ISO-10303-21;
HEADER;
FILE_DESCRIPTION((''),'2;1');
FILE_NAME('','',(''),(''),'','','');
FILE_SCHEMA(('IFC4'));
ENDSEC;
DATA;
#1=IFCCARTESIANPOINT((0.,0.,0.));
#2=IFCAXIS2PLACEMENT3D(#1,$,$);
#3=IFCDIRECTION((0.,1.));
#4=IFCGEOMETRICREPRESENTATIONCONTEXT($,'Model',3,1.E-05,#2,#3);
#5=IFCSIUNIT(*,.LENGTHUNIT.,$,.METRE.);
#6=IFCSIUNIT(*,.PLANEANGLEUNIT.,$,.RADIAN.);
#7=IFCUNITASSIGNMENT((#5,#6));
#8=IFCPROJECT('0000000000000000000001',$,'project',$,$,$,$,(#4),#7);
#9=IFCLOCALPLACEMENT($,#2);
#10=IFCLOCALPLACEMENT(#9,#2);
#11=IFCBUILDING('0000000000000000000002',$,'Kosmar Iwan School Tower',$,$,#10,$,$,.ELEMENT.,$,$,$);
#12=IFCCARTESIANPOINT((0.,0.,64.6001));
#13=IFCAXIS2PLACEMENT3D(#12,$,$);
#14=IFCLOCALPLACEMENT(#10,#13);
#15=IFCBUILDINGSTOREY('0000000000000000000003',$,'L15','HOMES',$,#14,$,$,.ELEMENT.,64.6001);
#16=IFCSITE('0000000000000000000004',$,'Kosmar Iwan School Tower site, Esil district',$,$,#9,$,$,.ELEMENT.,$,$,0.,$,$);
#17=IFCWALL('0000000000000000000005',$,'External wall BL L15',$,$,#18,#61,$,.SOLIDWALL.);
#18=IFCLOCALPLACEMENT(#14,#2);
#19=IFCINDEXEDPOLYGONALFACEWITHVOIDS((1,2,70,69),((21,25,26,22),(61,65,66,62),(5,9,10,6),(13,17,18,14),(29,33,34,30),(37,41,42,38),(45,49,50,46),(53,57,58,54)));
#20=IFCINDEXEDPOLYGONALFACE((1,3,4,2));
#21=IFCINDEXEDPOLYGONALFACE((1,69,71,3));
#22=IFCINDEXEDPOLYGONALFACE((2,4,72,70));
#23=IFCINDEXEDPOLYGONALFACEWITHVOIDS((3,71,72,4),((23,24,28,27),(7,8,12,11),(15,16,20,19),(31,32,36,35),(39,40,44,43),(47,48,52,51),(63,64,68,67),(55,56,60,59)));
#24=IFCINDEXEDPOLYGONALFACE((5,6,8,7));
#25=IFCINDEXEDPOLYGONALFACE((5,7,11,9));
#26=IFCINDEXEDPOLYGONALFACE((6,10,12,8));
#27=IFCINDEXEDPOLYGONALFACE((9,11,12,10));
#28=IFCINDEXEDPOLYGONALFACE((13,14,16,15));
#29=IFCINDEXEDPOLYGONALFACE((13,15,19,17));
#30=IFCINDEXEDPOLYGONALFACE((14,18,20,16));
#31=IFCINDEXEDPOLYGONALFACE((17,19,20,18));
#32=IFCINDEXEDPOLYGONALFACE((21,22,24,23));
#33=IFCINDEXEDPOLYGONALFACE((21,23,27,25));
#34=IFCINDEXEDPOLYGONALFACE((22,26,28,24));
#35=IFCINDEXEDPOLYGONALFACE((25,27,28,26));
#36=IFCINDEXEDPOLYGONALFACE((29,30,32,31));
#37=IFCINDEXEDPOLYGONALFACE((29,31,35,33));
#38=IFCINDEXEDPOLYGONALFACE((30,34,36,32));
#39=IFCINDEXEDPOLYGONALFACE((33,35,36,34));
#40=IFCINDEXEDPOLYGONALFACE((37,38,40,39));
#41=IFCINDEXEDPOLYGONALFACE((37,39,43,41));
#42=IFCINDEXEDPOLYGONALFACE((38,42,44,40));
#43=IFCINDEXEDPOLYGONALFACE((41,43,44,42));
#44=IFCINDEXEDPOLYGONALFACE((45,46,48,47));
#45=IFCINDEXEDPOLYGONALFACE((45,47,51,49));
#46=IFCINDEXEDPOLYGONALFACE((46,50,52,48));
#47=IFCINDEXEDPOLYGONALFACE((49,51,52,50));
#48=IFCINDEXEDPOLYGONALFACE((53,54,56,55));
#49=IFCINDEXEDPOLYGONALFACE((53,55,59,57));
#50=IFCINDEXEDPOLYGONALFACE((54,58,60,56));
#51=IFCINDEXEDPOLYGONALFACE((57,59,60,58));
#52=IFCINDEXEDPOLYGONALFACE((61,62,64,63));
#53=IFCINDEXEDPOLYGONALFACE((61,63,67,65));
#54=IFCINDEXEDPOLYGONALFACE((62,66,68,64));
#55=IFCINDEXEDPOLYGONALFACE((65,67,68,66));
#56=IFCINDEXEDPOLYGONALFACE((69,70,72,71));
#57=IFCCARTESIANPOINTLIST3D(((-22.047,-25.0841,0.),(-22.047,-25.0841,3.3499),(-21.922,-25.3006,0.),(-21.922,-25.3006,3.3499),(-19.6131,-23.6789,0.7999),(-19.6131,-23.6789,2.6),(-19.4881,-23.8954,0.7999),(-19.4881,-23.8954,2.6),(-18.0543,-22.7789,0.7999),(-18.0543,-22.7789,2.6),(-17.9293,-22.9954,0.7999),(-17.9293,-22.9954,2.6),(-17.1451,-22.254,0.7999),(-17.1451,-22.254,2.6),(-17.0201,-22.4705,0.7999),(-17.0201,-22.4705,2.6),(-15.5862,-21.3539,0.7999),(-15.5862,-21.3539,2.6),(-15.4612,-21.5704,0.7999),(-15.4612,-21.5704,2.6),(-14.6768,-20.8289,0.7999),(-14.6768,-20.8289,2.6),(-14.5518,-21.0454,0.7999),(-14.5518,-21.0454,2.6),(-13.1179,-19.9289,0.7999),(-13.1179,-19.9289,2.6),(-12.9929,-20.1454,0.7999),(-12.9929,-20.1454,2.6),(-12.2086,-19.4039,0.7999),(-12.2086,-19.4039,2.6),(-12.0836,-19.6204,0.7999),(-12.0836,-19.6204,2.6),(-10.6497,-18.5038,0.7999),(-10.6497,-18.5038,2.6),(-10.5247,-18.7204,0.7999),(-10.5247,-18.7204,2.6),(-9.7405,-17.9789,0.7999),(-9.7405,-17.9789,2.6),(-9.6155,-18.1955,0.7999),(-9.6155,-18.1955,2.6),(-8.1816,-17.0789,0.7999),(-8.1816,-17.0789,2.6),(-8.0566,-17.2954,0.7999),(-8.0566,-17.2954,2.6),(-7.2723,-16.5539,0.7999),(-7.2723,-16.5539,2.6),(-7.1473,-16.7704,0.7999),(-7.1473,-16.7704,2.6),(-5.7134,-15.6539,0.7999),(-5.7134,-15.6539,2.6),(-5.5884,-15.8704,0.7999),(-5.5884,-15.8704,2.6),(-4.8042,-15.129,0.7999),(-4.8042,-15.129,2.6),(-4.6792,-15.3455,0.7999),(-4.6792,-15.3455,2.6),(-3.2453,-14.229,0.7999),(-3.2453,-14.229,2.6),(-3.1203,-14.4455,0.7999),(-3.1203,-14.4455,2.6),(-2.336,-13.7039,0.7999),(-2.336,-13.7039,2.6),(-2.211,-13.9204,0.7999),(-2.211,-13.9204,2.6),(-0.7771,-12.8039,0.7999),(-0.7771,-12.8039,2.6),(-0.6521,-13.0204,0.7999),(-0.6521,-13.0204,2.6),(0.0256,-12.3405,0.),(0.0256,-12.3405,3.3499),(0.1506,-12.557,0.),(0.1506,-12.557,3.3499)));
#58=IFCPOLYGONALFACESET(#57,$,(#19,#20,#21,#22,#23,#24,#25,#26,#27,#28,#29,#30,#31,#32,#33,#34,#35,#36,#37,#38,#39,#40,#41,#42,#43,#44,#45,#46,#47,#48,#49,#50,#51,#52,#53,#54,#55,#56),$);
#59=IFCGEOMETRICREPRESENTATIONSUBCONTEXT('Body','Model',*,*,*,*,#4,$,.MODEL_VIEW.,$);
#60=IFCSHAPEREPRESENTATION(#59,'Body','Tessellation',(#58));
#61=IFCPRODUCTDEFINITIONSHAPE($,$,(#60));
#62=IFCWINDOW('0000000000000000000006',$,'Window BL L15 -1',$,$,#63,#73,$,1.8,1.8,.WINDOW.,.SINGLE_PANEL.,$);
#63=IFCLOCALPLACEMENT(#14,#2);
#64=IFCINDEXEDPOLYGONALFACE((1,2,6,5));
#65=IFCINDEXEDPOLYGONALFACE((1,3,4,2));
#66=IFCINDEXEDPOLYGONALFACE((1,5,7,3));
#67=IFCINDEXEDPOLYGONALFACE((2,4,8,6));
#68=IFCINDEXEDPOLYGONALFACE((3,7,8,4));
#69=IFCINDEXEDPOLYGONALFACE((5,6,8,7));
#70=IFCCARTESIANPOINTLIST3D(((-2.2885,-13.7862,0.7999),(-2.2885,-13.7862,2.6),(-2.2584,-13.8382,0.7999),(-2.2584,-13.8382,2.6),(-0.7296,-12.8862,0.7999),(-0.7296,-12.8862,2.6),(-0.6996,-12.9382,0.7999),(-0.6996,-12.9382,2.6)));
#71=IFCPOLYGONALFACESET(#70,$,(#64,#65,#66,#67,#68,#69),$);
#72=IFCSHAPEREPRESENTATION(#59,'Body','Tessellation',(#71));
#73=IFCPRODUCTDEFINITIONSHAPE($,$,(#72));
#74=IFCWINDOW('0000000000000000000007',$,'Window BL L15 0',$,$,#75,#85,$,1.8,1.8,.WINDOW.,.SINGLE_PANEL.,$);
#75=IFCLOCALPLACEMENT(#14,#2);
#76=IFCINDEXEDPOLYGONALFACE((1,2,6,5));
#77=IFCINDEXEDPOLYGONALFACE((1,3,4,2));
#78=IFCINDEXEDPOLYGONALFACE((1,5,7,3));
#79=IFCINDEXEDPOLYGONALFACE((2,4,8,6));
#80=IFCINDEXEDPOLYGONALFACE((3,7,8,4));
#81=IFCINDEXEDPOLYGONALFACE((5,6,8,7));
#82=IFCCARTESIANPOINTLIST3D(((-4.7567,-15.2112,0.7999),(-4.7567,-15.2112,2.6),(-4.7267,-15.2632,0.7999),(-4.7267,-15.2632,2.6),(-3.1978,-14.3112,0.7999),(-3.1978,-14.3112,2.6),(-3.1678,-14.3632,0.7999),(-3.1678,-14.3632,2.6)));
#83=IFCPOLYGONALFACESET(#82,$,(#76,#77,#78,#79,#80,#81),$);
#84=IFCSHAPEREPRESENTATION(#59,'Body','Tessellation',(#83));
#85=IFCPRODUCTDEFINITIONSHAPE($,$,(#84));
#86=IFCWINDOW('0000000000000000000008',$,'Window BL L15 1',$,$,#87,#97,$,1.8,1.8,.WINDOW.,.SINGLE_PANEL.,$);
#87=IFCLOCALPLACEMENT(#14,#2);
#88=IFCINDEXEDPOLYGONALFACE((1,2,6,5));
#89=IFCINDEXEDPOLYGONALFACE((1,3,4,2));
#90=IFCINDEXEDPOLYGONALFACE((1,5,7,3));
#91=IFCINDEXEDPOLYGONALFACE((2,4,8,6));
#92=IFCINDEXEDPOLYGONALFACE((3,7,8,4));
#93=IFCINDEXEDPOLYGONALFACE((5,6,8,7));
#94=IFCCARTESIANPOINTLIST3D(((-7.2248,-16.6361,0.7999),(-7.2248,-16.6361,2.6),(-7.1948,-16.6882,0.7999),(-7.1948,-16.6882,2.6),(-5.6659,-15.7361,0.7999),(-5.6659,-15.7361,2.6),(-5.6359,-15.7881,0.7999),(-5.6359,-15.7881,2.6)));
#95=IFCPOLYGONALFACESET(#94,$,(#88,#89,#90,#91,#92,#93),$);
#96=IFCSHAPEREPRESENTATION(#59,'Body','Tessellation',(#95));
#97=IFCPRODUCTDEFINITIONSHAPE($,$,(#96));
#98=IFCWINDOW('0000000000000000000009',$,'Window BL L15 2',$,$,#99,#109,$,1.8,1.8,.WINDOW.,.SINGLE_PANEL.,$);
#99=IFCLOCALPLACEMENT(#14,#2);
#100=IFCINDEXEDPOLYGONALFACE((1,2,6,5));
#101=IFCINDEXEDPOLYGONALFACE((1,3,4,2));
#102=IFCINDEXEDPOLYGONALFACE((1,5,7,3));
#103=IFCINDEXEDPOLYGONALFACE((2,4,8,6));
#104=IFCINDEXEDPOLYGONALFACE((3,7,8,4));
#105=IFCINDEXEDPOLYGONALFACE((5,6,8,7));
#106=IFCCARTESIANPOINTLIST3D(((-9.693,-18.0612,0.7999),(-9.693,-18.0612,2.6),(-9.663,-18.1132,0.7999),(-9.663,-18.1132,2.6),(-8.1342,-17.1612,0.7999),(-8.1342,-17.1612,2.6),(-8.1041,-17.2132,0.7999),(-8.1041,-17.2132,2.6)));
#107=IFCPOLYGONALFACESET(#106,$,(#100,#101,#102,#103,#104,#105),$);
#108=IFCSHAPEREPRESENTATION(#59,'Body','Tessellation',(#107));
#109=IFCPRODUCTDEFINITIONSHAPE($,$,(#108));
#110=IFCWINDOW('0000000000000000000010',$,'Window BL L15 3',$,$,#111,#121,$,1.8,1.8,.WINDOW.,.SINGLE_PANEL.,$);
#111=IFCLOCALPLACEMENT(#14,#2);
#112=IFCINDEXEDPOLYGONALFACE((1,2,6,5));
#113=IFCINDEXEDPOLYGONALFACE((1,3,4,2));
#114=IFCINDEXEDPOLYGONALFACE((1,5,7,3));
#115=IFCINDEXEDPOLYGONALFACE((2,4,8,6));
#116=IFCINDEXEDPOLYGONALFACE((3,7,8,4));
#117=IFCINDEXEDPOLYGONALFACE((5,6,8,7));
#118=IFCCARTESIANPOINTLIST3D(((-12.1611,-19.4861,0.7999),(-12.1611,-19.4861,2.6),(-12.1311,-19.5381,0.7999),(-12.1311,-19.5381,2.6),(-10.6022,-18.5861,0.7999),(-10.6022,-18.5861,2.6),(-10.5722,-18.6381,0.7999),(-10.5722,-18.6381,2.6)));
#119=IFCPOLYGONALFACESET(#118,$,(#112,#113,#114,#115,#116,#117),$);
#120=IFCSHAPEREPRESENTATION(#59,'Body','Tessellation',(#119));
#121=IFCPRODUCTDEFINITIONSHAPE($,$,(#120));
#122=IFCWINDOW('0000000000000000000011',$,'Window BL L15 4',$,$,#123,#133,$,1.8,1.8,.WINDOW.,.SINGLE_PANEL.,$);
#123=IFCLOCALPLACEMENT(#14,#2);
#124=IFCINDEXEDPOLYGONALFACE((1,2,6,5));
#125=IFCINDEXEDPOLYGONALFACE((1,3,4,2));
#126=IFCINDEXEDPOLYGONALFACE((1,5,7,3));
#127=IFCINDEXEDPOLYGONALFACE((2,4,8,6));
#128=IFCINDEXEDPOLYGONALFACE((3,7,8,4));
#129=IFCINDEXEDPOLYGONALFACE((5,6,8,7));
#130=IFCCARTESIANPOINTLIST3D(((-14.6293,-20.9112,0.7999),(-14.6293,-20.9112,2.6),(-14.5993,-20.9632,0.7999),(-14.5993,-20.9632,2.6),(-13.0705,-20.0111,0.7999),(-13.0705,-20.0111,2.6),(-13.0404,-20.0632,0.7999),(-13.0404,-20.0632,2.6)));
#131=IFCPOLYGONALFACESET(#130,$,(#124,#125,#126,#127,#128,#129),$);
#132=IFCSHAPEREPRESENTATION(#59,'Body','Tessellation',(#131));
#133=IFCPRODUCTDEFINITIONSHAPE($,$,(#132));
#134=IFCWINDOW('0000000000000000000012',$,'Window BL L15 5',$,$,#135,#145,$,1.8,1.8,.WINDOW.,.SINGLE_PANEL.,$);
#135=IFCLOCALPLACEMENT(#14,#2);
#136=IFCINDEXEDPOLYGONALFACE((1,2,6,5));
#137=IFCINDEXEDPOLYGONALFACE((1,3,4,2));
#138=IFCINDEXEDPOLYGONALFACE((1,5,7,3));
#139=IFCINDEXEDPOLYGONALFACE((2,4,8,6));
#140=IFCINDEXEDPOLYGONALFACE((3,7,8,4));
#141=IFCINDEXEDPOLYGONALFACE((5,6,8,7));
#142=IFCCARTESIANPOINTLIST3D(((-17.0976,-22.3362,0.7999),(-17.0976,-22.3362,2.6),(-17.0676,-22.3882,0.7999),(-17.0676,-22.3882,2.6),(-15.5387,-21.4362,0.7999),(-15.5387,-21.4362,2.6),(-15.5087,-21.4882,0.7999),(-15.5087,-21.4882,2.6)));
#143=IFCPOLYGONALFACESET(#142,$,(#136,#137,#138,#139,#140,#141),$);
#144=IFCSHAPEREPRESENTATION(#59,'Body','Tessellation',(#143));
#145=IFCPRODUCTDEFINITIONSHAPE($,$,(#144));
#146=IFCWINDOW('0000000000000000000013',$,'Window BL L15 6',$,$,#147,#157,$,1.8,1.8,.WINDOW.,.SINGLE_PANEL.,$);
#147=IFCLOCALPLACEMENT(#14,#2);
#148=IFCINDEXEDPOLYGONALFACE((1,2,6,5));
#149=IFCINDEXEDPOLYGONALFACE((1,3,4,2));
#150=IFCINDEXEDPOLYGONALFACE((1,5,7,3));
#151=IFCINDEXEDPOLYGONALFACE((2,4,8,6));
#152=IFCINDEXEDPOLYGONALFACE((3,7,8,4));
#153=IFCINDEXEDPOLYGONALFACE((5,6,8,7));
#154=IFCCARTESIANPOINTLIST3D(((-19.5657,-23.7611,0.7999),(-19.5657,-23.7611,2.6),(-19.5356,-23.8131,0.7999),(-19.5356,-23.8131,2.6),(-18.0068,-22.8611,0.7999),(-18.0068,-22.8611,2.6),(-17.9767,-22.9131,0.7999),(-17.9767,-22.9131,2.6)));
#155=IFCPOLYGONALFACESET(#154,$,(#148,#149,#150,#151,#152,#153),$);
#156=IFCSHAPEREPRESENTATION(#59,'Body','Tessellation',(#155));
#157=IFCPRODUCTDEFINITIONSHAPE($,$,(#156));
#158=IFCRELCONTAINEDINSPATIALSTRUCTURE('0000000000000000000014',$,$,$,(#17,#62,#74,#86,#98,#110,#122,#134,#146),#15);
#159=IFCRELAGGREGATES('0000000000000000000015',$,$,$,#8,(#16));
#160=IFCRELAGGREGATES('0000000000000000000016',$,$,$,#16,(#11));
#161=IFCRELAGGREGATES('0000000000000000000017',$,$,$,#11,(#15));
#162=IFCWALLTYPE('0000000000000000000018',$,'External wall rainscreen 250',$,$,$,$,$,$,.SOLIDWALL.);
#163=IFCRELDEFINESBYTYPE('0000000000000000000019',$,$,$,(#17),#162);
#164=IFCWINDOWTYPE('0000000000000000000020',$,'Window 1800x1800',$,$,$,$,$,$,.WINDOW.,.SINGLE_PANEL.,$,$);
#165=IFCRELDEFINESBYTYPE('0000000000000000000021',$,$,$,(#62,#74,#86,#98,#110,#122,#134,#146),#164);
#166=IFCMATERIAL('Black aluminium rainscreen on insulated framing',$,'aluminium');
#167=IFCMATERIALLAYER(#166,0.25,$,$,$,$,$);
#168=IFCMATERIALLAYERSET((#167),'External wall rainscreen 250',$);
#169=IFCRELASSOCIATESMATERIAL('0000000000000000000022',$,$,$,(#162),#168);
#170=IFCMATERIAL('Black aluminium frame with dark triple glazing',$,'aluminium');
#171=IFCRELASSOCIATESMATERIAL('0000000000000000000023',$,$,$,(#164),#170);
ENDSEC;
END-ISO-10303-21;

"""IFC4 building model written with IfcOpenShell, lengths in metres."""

from ifc_helpers import new_model, si_unit, direction, frame, frame_2d, origin, place, context, subcontext, project, spatial, rectangle, extrude, material, layer, layer_set, type_object, element, fill, save


model = new_model("IFC4")

# Units and contexts
model_context = context("Model", 3, precision=1e-05, world=origin(), true_north=direction((0.0, 1.0)))
body_context = subcontext(model_context, "Body", "Model", "MODEL_VIEW")
ifc_project = project(units=[si_unit("LENGTHUNIT", "METRE"), si_unit("PLANEANGLEUNIT", "RADIAN")], contexts=[model_context])

# Site, building, storey
site_placement = place(None, origin())
site = spatial("IfcSite", under=ifc_project, at=site_placement, Name="Kosmar Iwan School Tower site, Esil district", CompositionType="ELEMENT", RefElevation=0.0)
building_placement = place(site_placement, origin())
building = spatial("IfcBuilding", under=site, at=building_placement, Name="Kosmar Iwan School Tower", CompositionType="ELEMENT")
storey_placement = place(building_placement, frame((0.0, 0.0, 64.6001)))
storey = spatial("IfcBuildingStorey", under=building, at=storey_placement, Name="L15", Description="HOMES", CompositionType="ELEMENT", Elevation=64.6001)

# Wall, openings, windows
ifc_material_1 = material(Name="Black aluminium rainscreen on insulated framing", Category="aluminium")
ifc_layer = layer(ifc_material_1, 0.25)
ifc_layer_set = layer_set([ifc_layer], Name="External wall rainscreen 250")
wall_type = type_object("IfcWallType", Name="External wall rainscreen 250", PredefinedType="SOLIDWALL", material=ifc_layer_set)
wall_1_placement = place(storey_placement, frame((0.0881, -12.4487, 0.0), z_axis=(0.0, 0.0, 1.0), x_axis=(-0.866026, -0.499998, 0.0)))
wall_1 = element("IfcWall", 1, at=wall_1_placement, inside=storey, type_object=wall_type, Name="External wall BL L15", PredefinedType="SOLIDWALL", context=body_context, shape_type="SweptSolid", body=[
    extrude(rectangle(XDim=25.4873, YDim=0.25, at=frame_2d((12.7437, 0.0))), origin(), (0.0, 0.0, 1.0), 3.3499),
])
opening_1_placement = place(wall_1_placement, frame((0.927, 0.0, 0.8)))
opening_1 = element("IfcOpeningElement", 2, at=opening_1_placement, cuts=wall_1, PredefinedType="OPENING", context=body_context, shape_type="SweptSolid", body=[
    extrude(rectangle(XDim=1.8, YDim=1.8, at=frame_2d((0.8999, 0.8999))), frame((0.0, 0.137, 0.0), z_axis=(0.0, -1.0, 0.0), x_axis=(1.0, 0.0, 0.0)), (0.0, 0.0, 1.0), 0.2739),
])
opening_2_placement = place(wall_1_placement, frame((3.7771, 0.0, 0.8)))
opening_2 = element("IfcOpeningElement", 3, at=opening_2_placement, cuts=wall_1, PredefinedType="OPENING", context=body_context, shape_type="SweptSolid", body=[
    extrude(rectangle(XDim=1.8, YDim=1.8, at=frame_2d((0.8999, 0.8999))), frame((0.0, 0.137, 0.0), z_axis=(0.0, -1.0, 0.0), x_axis=(1.0, 0.0, 0.0)), (0.0, 0.0, 1.0), 0.2739),
])
opening_3_placement = place(wall_1_placement, frame((6.627, 0.0, 0.8)))
opening_3 = element("IfcOpeningElement", 4, at=opening_3_placement, cuts=wall_1, PredefinedType="OPENING", context=body_context, shape_type="SweptSolid", body=[
    extrude(rectangle(XDim=1.8, YDim=1.8, at=frame_2d((0.8999, 0.8999))), frame((0.0, 0.137, 0.0), z_axis=(0.0, -1.0, 0.0), x_axis=(1.0, 0.0, 0.0)), (0.0, 0.0, 1.0), 0.2739),
])
opening_4_placement = place(wall_1_placement, frame((9.4771, 0.0, 0.8)))
opening_4 = element("IfcOpeningElement", 5, at=opening_4_placement, cuts=wall_1, PredefinedType="OPENING", context=body_context, shape_type="SweptSolid", body=[
    extrude(rectangle(XDim=1.8, YDim=1.8, at=frame_2d((0.8999, 0.8999))), frame((0.0, 0.137, 0.0), z_axis=(0.0, -1.0, 0.0), x_axis=(1.0, 0.0, 0.0)), (0.0, 0.0, 1.0), 0.2739),
])
opening_5_placement = place(wall_1_placement, frame((12.3269, 0.0, 0.8)))
opening_5 = element("IfcOpeningElement", 6, at=opening_5_placement, cuts=wall_1, PredefinedType="OPENING", context=body_context, shape_type="SweptSolid", body=[
    extrude(rectangle(XDim=1.8, YDim=1.8, at=frame_2d((0.8999, 0.8999))), frame((0.0, 0.137, 0.0), z_axis=(0.0, -1.0, 0.0), x_axis=(1.0, 0.0, 0.0)), (0.0, 0.0, 1.0), 0.2739),
])
opening_6_placement = place(wall_1_placement, frame((15.177, 0.0, 0.8)))
opening_6 = element("IfcOpeningElement", 7, at=opening_6_placement, cuts=wall_1, PredefinedType="OPENING", context=body_context, shape_type="SweptSolid", body=[
    extrude(rectangle(XDim=1.8, YDim=1.8, at=frame_2d((0.8999, 0.8999))), frame((0.0, 0.137, 0.0), z_axis=(0.0, -1.0, 0.0), x_axis=(1.0, 0.0, 0.0)), (0.0, 0.0, 1.0), 0.2739),
])
opening_7_placement = place(wall_1_placement, frame((18.0271, 0.0, 0.8)))
opening_7 = element("IfcOpeningElement", 8, at=opening_7_placement, cuts=wall_1, PredefinedType="OPENING", context=body_context, shape_type="SweptSolid", body=[
    extrude(rectangle(XDim=1.8, YDim=1.8, at=frame_2d((0.8999, 0.8999))), frame((0.0, 0.137, 0.0), z_axis=(0.0, -1.0, 0.0), x_axis=(1.0, 0.0, 0.0)), (0.0, 0.0, 1.0), 0.2739),
])
opening_8_placement = place(wall_1_placement, frame((20.877, 0.0, 0.8)))
opening_8 = element("IfcOpeningElement", 9, at=opening_8_placement, cuts=wall_1, PredefinedType="OPENING", context=body_context, shape_type="SweptSolid", body=[
    extrude(rectangle(XDim=1.8, YDim=1.8, at=frame_2d((0.8999, 0.8999))), frame((0.0, 0.137, 0.0), z_axis=(0.0, -1.0, 0.0), x_axis=(1.0, 0.0, 0.0)), (0.0, 0.0, 1.0), 0.2739),
])
ifc_material_2 = material(Name="Black aluminium frame with dark triple glazing", Category="aluminium")
window_type = type_object("IfcWindowType", Name="Window 1800x1800", PartitioningType="SINGLE_PANEL", PredefinedType="WINDOW", material=ifc_material_2)
window_1_placement = place(opening_1_placement, origin())
window_1 = element("IfcWindow", 10, at=window_1_placement, inside=storey, type_object=window_type, Name="Window BL L15 -1", OverallHeight=1.8, OverallWidth=1.8, PartitioningType="SINGLE_PANEL", PredefinedType="WINDOW", context=body_context, shape_type="SweptSolid", body=[
    extrude(rectangle(XDim=1.8, YDim=1.8, at=frame_2d((0.8999, 0.8999))), frame((0.0, 0.03, 0.0), z_axis=(0.0, -1.0, 0.0), x_axis=(1.0, 0.0, 0.0)), (0.0, 0.0, 1.0), 0.0601),
])
fill(opening_1, window_1)
window_2_placement = place(opening_2_placement, origin())
window_2 = element("IfcWindow", 11, at=window_2_placement, inside=storey, type_object=window_type, Name="Window BL L15 0", OverallHeight=1.8, OverallWidth=1.8, PartitioningType="SINGLE_PANEL", PredefinedType="WINDOW", context=body_context, shape_type="SweptSolid", body=[
    extrude(rectangle(XDim=1.8, YDim=1.8, at=frame_2d((0.8999, 0.8999))), frame((0.0, 0.03, 0.0), z_axis=(0.0, -1.0, 0.0), x_axis=(1.0, 0.0, 0.0)), (0.0, 0.0, 1.0), 0.0601),
])
fill(opening_2, window_2)
window_3_placement = place(opening_3_placement, origin())
window_3 = element("IfcWindow", 12, at=window_3_placement, inside=storey, type_object=window_type, Name="Window BL L15 1", OverallHeight=1.8, OverallWidth=1.8, PartitioningType="SINGLE_PANEL", PredefinedType="WINDOW", context=body_context, shape_type="SweptSolid", body=[
    extrude(rectangle(XDim=1.8, YDim=1.8, at=frame_2d((0.8999, 0.8999))), frame((0.0, 0.03, 0.0), z_axis=(0.0, -1.0, 0.0), x_axis=(1.0, 0.0, 0.0)), (0.0, 0.0, 1.0), 0.0601),
])
fill(opening_3, window_3)
window_4_placement = place(opening_4_placement, origin())
window_4 = element("IfcWindow", 13, at=window_4_placement, inside=storey, type_object=window_type, Name="Window BL L15 2", OverallHeight=1.8, OverallWidth=1.8, PartitioningType="SINGLE_PANEL", PredefinedType="WINDOW", context=body_context, shape_type="SweptSolid", body=[
    extrude(rectangle(XDim=1.8, YDim=1.8, at=frame_2d((0.8999, 0.8999))), frame((0.0, 0.03, 0.0), z_axis=(0.0, -1.0, 0.0), x_axis=(1.0, 0.0, 0.0)), (0.0, 0.0, 1.0), 0.0601),
])
fill(opening_4, window_4)
window_5_placement = place(opening_5_placement, origin())
window_5 = element("IfcWindow", 14, at=window_5_placement, inside=storey, type_object=window_type, Name="Window BL L15 3", OverallHeight=1.8, OverallWidth=1.8, PartitioningType="SINGLE_PANEL", PredefinedType="WINDOW", context=body_context, shape_type="SweptSolid", body=[
    extrude(rectangle(XDim=1.8, YDim=1.8, at=frame_2d((0.8999, 0.8999))), frame((0.0, 0.03, 0.0), z_axis=(0.0, -1.0, 0.0), x_axis=(1.0, 0.0, 0.0)), (0.0, 0.0, 1.0), 0.0601),
])
fill(opening_5, window_5)
window_6_placement = place(opening_6_placement, origin())
window_6 = element("IfcWindow", 15, at=window_6_placement, inside=storey, type_object=window_type, Name="Window BL L15 4", OverallHeight=1.8, OverallWidth=1.8, PartitioningType="SINGLE_PANEL", PredefinedType="WINDOW", context=body_context, shape_type="SweptSolid", body=[
    extrude(rectangle(XDim=1.8, YDim=1.8, at=frame_2d((0.8999, 0.8999))), frame((0.0, 0.03, 0.0), z_axis=(0.0, -1.0, 0.0), x_axis=(1.0, 0.0, 0.0)), (0.0, 0.0, 1.0), 0.0601),
])
fill(opening_6, window_6)
window_7_placement = place(opening_7_placement, origin())
window_7 = element("IfcWindow", 16, at=window_7_placement, inside=storey, type_object=window_type, Name="Window BL L15 5", OverallHeight=1.8, OverallWidth=1.8, PartitioningType="SINGLE_PANEL", PredefinedType="WINDOW", context=body_context, shape_type="SweptSolid", body=[
    extrude(rectangle(XDim=1.8, YDim=1.8, at=frame_2d((0.8999, 0.8999))), frame((0.0, 0.03, 0.0), z_axis=(0.0, -1.0, 0.0), x_axis=(1.0, 0.0, 0.0)), (0.0, 0.0, 1.0), 0.0601),
])
fill(opening_7, window_7)
window_8_placement = place(opening_8_placement, origin())
window_8 = element("IfcWindow", 17, at=window_8_placement, inside=storey, type_object=window_type, Name="Window BL L15 6", OverallHeight=1.8, OverallWidth=1.8, PartitioningType="SINGLE_PANEL", PredefinedType="WINDOW", context=body_context, shape_type="SweptSolid", body=[
    extrude(rectangle(XDim=1.8, YDim=1.8, at=frame_2d((0.8999, 0.8999))), frame((0.0, 0.03, 0.0), z_axis=(0.0, -1.0, 0.0), x_axis=(1.0, 0.0, 0.0)), (0.0, 0.0, 1.0), 0.0601),
])
fill(opening_8, window_8)

save(model, "model.ifc")
